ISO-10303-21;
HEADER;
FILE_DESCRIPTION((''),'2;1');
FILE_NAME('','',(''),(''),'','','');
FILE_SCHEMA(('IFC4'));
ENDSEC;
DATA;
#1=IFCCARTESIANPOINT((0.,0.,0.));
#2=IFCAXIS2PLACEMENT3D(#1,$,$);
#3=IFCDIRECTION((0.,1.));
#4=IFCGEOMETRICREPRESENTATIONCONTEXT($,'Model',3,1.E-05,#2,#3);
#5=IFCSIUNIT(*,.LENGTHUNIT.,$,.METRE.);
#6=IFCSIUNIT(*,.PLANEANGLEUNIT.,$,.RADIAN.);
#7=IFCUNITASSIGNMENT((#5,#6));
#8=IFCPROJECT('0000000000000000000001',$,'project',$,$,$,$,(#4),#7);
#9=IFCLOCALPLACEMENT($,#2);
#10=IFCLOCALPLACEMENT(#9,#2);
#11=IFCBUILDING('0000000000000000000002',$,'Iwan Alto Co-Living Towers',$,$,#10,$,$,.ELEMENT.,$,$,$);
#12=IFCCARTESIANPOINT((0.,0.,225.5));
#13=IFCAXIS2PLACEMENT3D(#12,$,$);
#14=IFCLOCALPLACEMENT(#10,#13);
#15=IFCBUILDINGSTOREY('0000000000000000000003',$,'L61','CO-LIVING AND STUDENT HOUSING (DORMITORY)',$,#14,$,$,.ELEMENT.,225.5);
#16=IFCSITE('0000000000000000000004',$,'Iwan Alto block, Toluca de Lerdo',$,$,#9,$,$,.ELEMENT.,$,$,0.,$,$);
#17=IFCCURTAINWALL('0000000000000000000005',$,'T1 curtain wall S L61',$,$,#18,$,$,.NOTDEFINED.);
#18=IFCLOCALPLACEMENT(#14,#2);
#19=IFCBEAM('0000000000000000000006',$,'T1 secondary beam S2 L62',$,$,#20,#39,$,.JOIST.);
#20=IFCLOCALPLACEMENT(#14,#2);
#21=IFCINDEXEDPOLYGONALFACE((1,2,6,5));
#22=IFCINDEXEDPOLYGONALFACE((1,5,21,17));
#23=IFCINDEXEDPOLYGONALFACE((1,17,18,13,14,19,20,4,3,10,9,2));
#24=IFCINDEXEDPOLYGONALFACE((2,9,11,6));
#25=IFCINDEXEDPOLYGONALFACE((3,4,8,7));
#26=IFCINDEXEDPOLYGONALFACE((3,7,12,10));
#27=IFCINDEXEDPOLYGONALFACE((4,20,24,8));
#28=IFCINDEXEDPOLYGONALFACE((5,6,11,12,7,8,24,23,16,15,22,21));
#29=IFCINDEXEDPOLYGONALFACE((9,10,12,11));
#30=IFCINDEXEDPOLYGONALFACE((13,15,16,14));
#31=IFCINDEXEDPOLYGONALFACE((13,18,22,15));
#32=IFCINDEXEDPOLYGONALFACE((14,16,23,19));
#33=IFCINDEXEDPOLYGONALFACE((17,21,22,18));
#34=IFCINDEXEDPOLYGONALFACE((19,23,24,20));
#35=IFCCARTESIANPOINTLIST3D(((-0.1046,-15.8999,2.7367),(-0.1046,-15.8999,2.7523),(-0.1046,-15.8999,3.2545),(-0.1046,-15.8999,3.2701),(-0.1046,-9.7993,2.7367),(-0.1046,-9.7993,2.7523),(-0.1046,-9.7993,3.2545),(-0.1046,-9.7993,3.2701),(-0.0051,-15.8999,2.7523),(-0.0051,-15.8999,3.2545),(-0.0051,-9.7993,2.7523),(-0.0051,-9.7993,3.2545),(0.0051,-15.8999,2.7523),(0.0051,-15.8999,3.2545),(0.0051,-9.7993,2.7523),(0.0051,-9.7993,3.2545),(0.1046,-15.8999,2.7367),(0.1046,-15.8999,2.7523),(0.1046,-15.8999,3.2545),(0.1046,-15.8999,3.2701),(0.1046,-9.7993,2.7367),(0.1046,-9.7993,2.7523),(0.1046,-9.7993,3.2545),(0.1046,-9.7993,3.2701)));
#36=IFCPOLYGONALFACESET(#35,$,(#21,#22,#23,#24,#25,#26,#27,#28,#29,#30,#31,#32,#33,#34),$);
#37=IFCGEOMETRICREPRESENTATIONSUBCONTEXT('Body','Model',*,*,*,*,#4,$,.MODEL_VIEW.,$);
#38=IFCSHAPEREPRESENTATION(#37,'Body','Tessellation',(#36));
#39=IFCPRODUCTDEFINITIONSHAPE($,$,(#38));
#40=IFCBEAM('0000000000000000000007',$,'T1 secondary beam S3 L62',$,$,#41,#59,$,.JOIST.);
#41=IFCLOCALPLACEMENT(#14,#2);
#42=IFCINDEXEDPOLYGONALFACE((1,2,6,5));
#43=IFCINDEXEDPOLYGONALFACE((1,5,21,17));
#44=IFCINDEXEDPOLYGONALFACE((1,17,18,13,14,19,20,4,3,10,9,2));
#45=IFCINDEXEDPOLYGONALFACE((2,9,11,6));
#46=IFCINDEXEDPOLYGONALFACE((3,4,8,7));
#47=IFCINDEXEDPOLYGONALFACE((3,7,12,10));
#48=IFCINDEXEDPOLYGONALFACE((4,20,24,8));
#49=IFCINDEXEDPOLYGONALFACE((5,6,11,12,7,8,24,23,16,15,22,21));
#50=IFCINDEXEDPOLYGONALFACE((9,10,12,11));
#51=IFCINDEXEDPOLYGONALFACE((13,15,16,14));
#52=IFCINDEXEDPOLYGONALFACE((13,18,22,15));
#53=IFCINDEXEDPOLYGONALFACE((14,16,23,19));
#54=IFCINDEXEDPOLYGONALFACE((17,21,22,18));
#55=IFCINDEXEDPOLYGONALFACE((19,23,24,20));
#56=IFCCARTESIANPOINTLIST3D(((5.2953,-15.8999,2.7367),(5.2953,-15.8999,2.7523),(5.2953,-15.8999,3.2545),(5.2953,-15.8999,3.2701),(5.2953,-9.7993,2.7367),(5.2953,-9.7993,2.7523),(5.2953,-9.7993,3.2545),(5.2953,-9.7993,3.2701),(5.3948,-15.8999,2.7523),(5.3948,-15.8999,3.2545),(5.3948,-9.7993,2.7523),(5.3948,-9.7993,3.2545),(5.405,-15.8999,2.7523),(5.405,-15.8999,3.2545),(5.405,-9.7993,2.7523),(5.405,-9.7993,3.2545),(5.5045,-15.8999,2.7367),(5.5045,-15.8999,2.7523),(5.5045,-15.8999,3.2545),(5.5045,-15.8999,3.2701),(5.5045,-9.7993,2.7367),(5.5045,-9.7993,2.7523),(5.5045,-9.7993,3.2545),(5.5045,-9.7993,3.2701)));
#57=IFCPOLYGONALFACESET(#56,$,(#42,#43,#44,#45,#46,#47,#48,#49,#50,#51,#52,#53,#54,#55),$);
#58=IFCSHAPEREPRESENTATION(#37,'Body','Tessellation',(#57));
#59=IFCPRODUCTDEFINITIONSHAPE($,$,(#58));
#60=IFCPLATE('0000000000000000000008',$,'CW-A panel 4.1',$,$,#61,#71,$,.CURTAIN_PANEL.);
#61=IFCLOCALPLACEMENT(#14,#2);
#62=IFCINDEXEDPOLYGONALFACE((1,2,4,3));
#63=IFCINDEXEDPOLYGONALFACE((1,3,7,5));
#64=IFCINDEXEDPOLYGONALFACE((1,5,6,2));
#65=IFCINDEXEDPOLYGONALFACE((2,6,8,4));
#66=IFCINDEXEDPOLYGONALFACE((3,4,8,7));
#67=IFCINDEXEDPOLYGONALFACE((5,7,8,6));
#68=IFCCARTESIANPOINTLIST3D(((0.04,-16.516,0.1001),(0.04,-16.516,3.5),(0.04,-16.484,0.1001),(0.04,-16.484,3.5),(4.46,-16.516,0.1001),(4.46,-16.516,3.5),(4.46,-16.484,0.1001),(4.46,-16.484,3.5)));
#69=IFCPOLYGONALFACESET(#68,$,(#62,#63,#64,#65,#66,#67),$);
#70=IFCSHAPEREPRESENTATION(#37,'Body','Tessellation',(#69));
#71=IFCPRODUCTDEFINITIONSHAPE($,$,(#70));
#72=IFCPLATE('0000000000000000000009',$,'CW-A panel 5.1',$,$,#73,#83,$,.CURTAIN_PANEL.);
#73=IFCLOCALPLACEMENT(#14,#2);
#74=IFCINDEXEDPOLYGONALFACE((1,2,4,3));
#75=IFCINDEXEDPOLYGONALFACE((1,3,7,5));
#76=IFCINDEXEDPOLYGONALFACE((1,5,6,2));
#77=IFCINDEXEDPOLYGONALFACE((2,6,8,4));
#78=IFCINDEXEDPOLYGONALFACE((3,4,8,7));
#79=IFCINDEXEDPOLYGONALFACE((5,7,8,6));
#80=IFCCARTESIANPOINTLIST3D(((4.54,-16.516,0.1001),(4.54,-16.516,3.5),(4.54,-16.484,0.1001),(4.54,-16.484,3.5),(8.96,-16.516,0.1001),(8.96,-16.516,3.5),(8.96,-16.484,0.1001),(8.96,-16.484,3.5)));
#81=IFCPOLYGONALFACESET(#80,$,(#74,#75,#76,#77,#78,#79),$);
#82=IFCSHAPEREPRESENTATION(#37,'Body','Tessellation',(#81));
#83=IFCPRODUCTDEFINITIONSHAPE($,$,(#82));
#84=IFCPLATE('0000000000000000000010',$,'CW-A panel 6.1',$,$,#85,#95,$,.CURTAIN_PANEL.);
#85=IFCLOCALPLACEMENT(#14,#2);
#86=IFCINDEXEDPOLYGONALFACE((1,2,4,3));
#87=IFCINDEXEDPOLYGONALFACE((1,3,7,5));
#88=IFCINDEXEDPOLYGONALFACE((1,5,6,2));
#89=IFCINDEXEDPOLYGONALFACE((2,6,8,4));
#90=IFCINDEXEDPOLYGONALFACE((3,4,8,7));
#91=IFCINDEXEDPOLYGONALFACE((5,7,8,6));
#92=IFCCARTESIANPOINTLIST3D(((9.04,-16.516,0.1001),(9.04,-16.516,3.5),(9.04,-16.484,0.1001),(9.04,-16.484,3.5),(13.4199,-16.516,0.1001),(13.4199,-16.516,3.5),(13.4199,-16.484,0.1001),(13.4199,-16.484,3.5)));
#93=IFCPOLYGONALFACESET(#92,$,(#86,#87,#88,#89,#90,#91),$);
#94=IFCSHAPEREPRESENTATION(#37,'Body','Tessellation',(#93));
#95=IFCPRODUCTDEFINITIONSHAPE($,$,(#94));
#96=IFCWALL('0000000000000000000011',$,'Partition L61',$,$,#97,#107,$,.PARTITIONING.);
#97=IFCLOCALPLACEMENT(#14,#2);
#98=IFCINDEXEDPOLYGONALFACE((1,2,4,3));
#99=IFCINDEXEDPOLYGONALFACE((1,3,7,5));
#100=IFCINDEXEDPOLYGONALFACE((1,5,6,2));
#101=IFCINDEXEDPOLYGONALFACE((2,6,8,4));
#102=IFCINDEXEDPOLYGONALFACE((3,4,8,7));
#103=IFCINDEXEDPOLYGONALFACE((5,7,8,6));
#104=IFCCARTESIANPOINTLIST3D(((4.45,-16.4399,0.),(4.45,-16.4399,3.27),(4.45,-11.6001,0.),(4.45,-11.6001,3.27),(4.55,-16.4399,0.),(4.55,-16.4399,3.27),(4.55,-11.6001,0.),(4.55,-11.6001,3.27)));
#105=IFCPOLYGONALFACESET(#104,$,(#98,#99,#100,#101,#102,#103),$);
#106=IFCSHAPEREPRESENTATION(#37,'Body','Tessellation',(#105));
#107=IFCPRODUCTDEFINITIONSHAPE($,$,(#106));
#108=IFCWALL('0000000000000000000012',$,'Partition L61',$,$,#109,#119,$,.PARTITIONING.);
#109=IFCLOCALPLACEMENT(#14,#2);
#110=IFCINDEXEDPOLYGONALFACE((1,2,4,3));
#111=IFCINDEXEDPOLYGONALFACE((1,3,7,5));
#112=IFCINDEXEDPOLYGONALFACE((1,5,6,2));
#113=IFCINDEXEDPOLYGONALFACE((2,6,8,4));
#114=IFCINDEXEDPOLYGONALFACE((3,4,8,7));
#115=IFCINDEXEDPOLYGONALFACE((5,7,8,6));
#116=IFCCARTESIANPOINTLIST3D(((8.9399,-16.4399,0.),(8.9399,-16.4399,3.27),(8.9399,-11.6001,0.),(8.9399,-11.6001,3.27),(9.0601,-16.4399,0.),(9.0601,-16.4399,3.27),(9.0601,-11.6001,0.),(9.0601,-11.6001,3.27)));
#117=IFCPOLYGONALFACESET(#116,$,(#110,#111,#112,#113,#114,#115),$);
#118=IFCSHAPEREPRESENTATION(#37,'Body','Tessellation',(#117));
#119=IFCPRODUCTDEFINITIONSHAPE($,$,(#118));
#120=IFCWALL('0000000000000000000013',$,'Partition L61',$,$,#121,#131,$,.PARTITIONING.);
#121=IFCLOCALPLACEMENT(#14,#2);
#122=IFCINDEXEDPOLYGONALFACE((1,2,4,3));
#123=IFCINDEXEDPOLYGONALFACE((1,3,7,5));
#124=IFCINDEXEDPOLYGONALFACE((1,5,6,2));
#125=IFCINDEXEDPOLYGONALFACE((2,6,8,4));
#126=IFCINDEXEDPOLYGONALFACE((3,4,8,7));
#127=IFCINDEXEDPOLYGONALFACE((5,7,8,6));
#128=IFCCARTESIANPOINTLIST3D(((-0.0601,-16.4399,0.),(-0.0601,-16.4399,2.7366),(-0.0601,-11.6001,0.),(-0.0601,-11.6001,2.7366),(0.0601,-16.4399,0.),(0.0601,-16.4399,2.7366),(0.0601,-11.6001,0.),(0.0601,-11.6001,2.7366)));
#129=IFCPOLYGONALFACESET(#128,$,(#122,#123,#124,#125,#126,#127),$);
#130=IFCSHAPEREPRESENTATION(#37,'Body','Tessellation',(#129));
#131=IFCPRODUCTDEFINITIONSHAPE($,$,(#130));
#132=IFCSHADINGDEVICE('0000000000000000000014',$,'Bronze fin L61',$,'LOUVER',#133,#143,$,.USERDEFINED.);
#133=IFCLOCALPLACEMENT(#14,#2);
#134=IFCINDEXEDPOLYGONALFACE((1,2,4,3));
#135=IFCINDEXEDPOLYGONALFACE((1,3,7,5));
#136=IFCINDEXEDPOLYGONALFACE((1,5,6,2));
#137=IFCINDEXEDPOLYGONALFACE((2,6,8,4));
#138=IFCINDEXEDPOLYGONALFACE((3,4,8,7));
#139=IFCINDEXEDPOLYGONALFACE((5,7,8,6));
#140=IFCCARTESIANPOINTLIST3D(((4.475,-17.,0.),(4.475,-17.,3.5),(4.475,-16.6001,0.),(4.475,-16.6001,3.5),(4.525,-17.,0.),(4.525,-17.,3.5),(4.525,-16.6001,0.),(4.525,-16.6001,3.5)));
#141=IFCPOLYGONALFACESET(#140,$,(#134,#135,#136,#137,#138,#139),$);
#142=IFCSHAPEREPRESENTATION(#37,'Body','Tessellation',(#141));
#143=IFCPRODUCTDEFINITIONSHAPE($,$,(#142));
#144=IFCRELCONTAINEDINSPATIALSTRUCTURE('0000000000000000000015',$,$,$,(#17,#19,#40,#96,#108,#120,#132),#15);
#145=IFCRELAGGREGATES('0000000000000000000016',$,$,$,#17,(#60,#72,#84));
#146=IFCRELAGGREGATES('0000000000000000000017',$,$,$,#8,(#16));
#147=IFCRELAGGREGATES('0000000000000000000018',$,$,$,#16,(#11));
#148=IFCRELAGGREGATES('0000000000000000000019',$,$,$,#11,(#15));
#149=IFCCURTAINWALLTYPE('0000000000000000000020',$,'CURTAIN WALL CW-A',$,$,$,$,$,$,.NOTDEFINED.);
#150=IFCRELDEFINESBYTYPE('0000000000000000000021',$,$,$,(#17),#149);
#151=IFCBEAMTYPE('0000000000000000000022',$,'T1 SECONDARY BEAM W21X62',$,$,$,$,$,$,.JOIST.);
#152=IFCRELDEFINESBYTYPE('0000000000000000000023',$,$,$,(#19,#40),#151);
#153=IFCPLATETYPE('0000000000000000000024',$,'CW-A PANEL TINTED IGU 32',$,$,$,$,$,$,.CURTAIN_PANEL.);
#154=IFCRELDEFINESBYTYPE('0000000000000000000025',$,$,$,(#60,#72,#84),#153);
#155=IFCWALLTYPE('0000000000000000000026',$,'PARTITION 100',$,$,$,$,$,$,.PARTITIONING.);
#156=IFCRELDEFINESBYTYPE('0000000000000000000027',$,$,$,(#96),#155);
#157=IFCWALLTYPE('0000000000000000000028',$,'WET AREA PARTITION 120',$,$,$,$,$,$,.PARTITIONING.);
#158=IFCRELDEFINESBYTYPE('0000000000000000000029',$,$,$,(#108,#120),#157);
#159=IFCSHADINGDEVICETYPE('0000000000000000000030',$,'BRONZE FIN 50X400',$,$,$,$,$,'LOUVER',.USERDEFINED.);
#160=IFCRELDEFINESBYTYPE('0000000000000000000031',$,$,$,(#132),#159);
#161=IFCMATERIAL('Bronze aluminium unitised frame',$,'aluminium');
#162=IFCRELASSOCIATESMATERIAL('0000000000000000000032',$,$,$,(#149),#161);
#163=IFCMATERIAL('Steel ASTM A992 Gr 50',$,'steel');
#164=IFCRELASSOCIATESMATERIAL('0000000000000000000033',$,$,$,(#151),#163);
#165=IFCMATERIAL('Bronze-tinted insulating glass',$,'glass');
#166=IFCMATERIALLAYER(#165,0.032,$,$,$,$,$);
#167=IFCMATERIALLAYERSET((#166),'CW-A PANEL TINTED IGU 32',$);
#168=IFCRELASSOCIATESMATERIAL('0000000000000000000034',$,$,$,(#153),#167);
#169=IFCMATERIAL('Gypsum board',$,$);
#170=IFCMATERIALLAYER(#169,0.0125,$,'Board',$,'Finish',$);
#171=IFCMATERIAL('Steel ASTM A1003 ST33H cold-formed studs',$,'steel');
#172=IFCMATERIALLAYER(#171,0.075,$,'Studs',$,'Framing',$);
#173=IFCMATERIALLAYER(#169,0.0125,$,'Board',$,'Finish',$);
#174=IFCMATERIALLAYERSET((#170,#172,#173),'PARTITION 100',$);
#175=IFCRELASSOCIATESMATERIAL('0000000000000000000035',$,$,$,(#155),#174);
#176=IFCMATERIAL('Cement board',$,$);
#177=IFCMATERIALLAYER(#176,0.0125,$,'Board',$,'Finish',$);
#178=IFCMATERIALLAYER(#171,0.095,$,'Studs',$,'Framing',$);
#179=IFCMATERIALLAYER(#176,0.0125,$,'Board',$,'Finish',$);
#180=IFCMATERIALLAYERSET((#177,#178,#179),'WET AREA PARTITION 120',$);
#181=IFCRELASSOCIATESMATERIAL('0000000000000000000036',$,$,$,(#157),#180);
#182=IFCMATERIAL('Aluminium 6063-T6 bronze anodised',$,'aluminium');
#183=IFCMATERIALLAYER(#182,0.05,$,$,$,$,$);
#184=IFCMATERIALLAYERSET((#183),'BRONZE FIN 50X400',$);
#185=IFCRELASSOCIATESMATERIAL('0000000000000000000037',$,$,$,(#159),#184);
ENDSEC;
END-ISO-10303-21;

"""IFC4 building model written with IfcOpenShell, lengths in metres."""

from ifc_helpers import new_model, si_unit, direction, frame, frame_2d, origin, origin_2d, place, context, subcontext, project, spatial, rectangle, i_section, extrude, material, layer, layer_set, material_profile, profile_set, type_object, element, aggregate, save


model = new_model("IFC4")

# Units and contexts
model_context = context("Model", 3, precision=1e-05, world=origin(), true_north=direction((0.0, 1.0)))
body_context = subcontext(model_context, "Body", "Model", "MODEL_VIEW")
ifc_project = project(units=[si_unit("LENGTHUNIT", "METRE"), si_unit("PLANEANGLEUNIT", "RADIAN")], contexts=[model_context])

# Site, building, storey
site_placement = place(None, origin())
site = spatial("IfcSite", under=ifc_project, at=site_placement, Name="Iwan Alto block, Toluca de Lerdo", CompositionType="ELEMENT", RefElevation=0.0)
building_placement = place(site_placement, origin())
building = spatial("IfcBuilding", under=site, at=building_placement, Name="Iwan Alto Co-Living Towers", CompositionType="ELEMENT")
storey_placement = place(building_placement, frame((0.0, 0.0, 225.5)))
storey = spatial("IfcBuildingStorey", under=building, at=storey_placement, Name="L61", Description="CO-LIVING AND STUDENT HOUSING (DORMITORY)", CompositionType="ELEMENT", Elevation=225.5)

# Curtain wall
ifc_material_1 = material(Name="Bronze aluminium unitised frame", Category="aluminium")
curtain_wall_type = type_object("IfcCurtainWallType", Name="CURTAIN WALL CW-A", PredefinedType="NOTDEFINED", material=ifc_material_1)
curtain_wall_placement = place(storey_placement, origin())
curtain_wall = element("IfcCurtainWall", 1, at=curtain_wall_placement, inside=storey, type_object=curtain_wall_type, Name="T1 curtain wall S L61", PredefinedType="NOTDEFINED")

# Beams
ifc_material_2 = material(Name="Steel ASTM A992 Gr 50", Category="steel")
ifc_material_profile_1 = material_profile(ifc_material_2, i_section(OverallWidth=0.2092, OverallDepth=0.5334, WebThickness=0.0103, FlangeThickness=0.0156, at=origin_2d()), Name="W21X62")
ifc_profile_set_1 = profile_set([ifc_material_profile_1], Name="Steel ASTM A992 Gr 50")
beam_type_1 = type_object("IfcBeamType", Name="T1 SECONDARY BEAM W21X62", PredefinedType="JOIST", material=ifc_profile_set_1)
for number, where, z_axis, x_axis, name in (
    (2, (0.0, -15.8999, 3.0034), (0.0, 1.0, 0.0), (-1.0, 0.0, 0.0), "T1 secondary beam S2 L62"),
    (3, (5.3999, -15.8999, 3.0034), (0.0, 1.0, 0.0), (-1.0, 0.0, 0.0), "T1 secondary beam S3 L62"),
):
    element("IfcBeam", number, at=place(storey_placement, frame(where, z_axis=z_axis, x_axis=x_axis)), inside=storey, type_object=beam_type_1, Name=name, PredefinedType="JOIST", context=body_context, shape_type="SweptSolid", body=[
        extrude(i_section(OverallWidth=0.2092, OverallDepth=0.5334, WebThickness=0.0103, FlangeThickness=0.0156, at=origin_2d()), origin(), (0.0, 0.0, 1.0), 6.1006),
    ])

# Plates
ifc_material_3 = material(Name="Bronze-tinted insulating glass", Category="glass")
ifc_layer_1 = layer(ifc_material_3, 0.032)
ifc_layer_set_1 = layer_set([ifc_layer_1], Name="CW-A PANEL TINTED IGU 32")
plate_type = type_object("IfcPlateType", Name="CW-A PANEL TINTED IGU 32", PredefinedType="CURTAIN_PANEL", material=ifc_layer_set_1)
plate_1_placement = place(storey_placement, frame((2.25, -16.5, 0.1001), z_axis=(0.0, 0.0, 1.0), x_axis=(1.0, 0.0, 0.0)))
plate_1 = element("IfcPlate", 4, at=plate_1_placement, type_object=plate_type, Name="CW-A panel 4.1", PredefinedType="CURTAIN_PANEL", context=body_context, shape_type="SweptSolid", body=[
    extrude(rectangle(XDim=4.4199, YDim=0.032, at=origin_2d()), origin(), (0.0, 0.0, 1.0), 3.3999),
])
plate_2_placement = place(storey_placement, frame((6.75, -16.5, 0.1001), z_axis=(0.0, 0.0, 1.0), x_axis=(1.0, 0.0, 0.0)))
plate_2 = element("IfcPlate", 5, at=plate_2_placement, type_object=plate_type, Name="CW-A panel 5.1", PredefinedType="CURTAIN_PANEL", context=body_context, shape_type="SweptSolid", body=[
    extrude(rectangle(XDim=4.4199, YDim=0.032, at=origin_2d()), origin(), (0.0, 0.0, 1.0), 3.3999),
])
plate_3_placement = place(storey_placement, frame((11.23, -16.5, 0.1001), z_axis=(0.0, 0.0, 1.0), x_axis=(1.0, 0.0, 0.0)))
plate_3 = element("IfcPlate", 6, at=plate_3_placement, type_object=plate_type, Name="CW-A panel 6.1", PredefinedType="CURTAIN_PANEL", context=body_context, shape_type="SweptSolid", body=[
    extrude(rectangle(XDim=4.3799, YDim=0.032, at=origin_2d()), origin(), (0.0, 0.0, 1.0), 3.3999),
])
aggregate(curtain_wall, [plate_1, plate_2, plate_3])

# Walls
ifc_material_4 = material(Name="Gypsum board")
ifc_layer_2 = layer(ifc_material_4, 0.0125, Name="Board", Category="Finish")
ifc_material_5 = material(Name="Steel ASTM A1003 ST33H cold-formed studs", Category="steel")
ifc_layer_3 = layer(ifc_material_5, 0.075, Name="Studs", Category="Framing")
ifc_layer_4 = layer(ifc_material_4, 0.0125, Name="Board", Category="Finish")
ifc_layer_set_2 = layer_set([ifc_layer_2, ifc_layer_3, ifc_layer_4], Name="PARTITION 100")
wall_type_1 = type_object("IfcWallType", Name="PARTITION 100", PredefinedType="PARTITIONING", material=ifc_layer_set_2)
wall_1_placement = place(storey_placement, frame((4.5, -16.4399, 0.0), z_axis=(0.0, 0.0, 1.0), x_axis=(0.0, 1.0, 0.0)))
element("IfcWall", 7, at=wall_1_placement, inside=storey, type_object=wall_type_1, Name="Partition L61", PredefinedType="PARTITIONING", context=body_context, shape_type="SweptSolid", body=[
    extrude(rectangle(XDim=4.8398, YDim=0.1001, at=frame_2d((2.4199, 0.0))), origin(), (0.0, 0.0, 1.0), 3.27),
])
ifc_material_6 = material(Name="Cement board")
ifc_layer_5 = layer(ifc_material_6, 0.0125, Name="Board", Category="Finish")
ifc_layer_6 = layer(ifc_material_5, 0.095, Name="Studs", Category="Framing")
ifc_layer_7 = layer(ifc_material_6, 0.0125, Name="Board", Category="Finish")
ifc_layer_set_3 = layer_set([ifc_layer_5, ifc_layer_6, ifc_layer_7], Name="WET AREA PARTITION 120")
wall_type_2 = type_object("IfcWallType", Name="WET AREA PARTITION 120", PredefinedType="PARTITIONING", material=ifc_layer_set_3)
wall_2_placement = place(storey_placement, frame((9.0, -16.4399, 0.0), z_axis=(0.0, 0.0, 1.0), x_axis=(0.0, 1.0, 0.0)))
element("IfcWall", 8, at=wall_2_placement, inside=storey, type_object=wall_type_2, Name="Partition L61", PredefinedType="PARTITIONING", context=body_context, shape_type="SweptSolid", body=[
    extrude(rectangle(XDim=4.8398, YDim=0.1201, at=frame_2d((2.4199, 0.0))), origin(), (0.0, 0.0, 1.0), 3.27),
])
wall_3_placement = place(storey_placement, frame((0.0, -16.4399, 0.0), z_axis=(0.0, 0.0, 1.0), x_axis=(0.0, 1.0, 0.0)))
element("IfcWall", 9, at=wall_3_placement, inside=storey, type_object=wall_type_2, Name="Partition L61", PredefinedType="PARTITIONING", context=body_context, shape_type="SweptSolid", body=[
    extrude(rectangle(XDim=4.8398, YDim=0.1201, at=frame_2d((2.4199, 0.0))), origin(), (0.0, 0.0, 1.0), 2.7366),
])

# Shading device
ifc_material_7 = material(Name="Aluminium 6063-T6 bronze anodised", Category="aluminium")
ifc_layer_8 = layer(ifc_material_7, 0.05)
ifc_layer_set_4 = layer_set([ifc_layer_8], Name="BRONZE FIN 50X400")
shading_device_type = type_object("IfcShadingDeviceType", Name="BRONZE FIN 50X400", ElementType="LOUVER", PredefinedType="USERDEFINED", material=ifc_layer_set_4)
shading_device_placement = place(storey_placement, frame((4.5, -16.8, 0.0), z_axis=(0.0, 0.0, 1.0), x_axis=(1.0, 0.0, 0.0)))
element("IfcShadingDevice", 10, at=shading_device_placement, inside=storey, type_object=shading_device_type, Name="Bronze fin L61", ObjectType="LOUVER", PredefinedType="USERDEFINED", context=body_context, shape_type="SweptSolid", body=[
    extrude(rectangle(XDim=0.05, YDim=0.3999, at=origin_2d()), origin(), (0.0, 0.0, 1.0), 3.5),
])

save(model, "model.ifc")
